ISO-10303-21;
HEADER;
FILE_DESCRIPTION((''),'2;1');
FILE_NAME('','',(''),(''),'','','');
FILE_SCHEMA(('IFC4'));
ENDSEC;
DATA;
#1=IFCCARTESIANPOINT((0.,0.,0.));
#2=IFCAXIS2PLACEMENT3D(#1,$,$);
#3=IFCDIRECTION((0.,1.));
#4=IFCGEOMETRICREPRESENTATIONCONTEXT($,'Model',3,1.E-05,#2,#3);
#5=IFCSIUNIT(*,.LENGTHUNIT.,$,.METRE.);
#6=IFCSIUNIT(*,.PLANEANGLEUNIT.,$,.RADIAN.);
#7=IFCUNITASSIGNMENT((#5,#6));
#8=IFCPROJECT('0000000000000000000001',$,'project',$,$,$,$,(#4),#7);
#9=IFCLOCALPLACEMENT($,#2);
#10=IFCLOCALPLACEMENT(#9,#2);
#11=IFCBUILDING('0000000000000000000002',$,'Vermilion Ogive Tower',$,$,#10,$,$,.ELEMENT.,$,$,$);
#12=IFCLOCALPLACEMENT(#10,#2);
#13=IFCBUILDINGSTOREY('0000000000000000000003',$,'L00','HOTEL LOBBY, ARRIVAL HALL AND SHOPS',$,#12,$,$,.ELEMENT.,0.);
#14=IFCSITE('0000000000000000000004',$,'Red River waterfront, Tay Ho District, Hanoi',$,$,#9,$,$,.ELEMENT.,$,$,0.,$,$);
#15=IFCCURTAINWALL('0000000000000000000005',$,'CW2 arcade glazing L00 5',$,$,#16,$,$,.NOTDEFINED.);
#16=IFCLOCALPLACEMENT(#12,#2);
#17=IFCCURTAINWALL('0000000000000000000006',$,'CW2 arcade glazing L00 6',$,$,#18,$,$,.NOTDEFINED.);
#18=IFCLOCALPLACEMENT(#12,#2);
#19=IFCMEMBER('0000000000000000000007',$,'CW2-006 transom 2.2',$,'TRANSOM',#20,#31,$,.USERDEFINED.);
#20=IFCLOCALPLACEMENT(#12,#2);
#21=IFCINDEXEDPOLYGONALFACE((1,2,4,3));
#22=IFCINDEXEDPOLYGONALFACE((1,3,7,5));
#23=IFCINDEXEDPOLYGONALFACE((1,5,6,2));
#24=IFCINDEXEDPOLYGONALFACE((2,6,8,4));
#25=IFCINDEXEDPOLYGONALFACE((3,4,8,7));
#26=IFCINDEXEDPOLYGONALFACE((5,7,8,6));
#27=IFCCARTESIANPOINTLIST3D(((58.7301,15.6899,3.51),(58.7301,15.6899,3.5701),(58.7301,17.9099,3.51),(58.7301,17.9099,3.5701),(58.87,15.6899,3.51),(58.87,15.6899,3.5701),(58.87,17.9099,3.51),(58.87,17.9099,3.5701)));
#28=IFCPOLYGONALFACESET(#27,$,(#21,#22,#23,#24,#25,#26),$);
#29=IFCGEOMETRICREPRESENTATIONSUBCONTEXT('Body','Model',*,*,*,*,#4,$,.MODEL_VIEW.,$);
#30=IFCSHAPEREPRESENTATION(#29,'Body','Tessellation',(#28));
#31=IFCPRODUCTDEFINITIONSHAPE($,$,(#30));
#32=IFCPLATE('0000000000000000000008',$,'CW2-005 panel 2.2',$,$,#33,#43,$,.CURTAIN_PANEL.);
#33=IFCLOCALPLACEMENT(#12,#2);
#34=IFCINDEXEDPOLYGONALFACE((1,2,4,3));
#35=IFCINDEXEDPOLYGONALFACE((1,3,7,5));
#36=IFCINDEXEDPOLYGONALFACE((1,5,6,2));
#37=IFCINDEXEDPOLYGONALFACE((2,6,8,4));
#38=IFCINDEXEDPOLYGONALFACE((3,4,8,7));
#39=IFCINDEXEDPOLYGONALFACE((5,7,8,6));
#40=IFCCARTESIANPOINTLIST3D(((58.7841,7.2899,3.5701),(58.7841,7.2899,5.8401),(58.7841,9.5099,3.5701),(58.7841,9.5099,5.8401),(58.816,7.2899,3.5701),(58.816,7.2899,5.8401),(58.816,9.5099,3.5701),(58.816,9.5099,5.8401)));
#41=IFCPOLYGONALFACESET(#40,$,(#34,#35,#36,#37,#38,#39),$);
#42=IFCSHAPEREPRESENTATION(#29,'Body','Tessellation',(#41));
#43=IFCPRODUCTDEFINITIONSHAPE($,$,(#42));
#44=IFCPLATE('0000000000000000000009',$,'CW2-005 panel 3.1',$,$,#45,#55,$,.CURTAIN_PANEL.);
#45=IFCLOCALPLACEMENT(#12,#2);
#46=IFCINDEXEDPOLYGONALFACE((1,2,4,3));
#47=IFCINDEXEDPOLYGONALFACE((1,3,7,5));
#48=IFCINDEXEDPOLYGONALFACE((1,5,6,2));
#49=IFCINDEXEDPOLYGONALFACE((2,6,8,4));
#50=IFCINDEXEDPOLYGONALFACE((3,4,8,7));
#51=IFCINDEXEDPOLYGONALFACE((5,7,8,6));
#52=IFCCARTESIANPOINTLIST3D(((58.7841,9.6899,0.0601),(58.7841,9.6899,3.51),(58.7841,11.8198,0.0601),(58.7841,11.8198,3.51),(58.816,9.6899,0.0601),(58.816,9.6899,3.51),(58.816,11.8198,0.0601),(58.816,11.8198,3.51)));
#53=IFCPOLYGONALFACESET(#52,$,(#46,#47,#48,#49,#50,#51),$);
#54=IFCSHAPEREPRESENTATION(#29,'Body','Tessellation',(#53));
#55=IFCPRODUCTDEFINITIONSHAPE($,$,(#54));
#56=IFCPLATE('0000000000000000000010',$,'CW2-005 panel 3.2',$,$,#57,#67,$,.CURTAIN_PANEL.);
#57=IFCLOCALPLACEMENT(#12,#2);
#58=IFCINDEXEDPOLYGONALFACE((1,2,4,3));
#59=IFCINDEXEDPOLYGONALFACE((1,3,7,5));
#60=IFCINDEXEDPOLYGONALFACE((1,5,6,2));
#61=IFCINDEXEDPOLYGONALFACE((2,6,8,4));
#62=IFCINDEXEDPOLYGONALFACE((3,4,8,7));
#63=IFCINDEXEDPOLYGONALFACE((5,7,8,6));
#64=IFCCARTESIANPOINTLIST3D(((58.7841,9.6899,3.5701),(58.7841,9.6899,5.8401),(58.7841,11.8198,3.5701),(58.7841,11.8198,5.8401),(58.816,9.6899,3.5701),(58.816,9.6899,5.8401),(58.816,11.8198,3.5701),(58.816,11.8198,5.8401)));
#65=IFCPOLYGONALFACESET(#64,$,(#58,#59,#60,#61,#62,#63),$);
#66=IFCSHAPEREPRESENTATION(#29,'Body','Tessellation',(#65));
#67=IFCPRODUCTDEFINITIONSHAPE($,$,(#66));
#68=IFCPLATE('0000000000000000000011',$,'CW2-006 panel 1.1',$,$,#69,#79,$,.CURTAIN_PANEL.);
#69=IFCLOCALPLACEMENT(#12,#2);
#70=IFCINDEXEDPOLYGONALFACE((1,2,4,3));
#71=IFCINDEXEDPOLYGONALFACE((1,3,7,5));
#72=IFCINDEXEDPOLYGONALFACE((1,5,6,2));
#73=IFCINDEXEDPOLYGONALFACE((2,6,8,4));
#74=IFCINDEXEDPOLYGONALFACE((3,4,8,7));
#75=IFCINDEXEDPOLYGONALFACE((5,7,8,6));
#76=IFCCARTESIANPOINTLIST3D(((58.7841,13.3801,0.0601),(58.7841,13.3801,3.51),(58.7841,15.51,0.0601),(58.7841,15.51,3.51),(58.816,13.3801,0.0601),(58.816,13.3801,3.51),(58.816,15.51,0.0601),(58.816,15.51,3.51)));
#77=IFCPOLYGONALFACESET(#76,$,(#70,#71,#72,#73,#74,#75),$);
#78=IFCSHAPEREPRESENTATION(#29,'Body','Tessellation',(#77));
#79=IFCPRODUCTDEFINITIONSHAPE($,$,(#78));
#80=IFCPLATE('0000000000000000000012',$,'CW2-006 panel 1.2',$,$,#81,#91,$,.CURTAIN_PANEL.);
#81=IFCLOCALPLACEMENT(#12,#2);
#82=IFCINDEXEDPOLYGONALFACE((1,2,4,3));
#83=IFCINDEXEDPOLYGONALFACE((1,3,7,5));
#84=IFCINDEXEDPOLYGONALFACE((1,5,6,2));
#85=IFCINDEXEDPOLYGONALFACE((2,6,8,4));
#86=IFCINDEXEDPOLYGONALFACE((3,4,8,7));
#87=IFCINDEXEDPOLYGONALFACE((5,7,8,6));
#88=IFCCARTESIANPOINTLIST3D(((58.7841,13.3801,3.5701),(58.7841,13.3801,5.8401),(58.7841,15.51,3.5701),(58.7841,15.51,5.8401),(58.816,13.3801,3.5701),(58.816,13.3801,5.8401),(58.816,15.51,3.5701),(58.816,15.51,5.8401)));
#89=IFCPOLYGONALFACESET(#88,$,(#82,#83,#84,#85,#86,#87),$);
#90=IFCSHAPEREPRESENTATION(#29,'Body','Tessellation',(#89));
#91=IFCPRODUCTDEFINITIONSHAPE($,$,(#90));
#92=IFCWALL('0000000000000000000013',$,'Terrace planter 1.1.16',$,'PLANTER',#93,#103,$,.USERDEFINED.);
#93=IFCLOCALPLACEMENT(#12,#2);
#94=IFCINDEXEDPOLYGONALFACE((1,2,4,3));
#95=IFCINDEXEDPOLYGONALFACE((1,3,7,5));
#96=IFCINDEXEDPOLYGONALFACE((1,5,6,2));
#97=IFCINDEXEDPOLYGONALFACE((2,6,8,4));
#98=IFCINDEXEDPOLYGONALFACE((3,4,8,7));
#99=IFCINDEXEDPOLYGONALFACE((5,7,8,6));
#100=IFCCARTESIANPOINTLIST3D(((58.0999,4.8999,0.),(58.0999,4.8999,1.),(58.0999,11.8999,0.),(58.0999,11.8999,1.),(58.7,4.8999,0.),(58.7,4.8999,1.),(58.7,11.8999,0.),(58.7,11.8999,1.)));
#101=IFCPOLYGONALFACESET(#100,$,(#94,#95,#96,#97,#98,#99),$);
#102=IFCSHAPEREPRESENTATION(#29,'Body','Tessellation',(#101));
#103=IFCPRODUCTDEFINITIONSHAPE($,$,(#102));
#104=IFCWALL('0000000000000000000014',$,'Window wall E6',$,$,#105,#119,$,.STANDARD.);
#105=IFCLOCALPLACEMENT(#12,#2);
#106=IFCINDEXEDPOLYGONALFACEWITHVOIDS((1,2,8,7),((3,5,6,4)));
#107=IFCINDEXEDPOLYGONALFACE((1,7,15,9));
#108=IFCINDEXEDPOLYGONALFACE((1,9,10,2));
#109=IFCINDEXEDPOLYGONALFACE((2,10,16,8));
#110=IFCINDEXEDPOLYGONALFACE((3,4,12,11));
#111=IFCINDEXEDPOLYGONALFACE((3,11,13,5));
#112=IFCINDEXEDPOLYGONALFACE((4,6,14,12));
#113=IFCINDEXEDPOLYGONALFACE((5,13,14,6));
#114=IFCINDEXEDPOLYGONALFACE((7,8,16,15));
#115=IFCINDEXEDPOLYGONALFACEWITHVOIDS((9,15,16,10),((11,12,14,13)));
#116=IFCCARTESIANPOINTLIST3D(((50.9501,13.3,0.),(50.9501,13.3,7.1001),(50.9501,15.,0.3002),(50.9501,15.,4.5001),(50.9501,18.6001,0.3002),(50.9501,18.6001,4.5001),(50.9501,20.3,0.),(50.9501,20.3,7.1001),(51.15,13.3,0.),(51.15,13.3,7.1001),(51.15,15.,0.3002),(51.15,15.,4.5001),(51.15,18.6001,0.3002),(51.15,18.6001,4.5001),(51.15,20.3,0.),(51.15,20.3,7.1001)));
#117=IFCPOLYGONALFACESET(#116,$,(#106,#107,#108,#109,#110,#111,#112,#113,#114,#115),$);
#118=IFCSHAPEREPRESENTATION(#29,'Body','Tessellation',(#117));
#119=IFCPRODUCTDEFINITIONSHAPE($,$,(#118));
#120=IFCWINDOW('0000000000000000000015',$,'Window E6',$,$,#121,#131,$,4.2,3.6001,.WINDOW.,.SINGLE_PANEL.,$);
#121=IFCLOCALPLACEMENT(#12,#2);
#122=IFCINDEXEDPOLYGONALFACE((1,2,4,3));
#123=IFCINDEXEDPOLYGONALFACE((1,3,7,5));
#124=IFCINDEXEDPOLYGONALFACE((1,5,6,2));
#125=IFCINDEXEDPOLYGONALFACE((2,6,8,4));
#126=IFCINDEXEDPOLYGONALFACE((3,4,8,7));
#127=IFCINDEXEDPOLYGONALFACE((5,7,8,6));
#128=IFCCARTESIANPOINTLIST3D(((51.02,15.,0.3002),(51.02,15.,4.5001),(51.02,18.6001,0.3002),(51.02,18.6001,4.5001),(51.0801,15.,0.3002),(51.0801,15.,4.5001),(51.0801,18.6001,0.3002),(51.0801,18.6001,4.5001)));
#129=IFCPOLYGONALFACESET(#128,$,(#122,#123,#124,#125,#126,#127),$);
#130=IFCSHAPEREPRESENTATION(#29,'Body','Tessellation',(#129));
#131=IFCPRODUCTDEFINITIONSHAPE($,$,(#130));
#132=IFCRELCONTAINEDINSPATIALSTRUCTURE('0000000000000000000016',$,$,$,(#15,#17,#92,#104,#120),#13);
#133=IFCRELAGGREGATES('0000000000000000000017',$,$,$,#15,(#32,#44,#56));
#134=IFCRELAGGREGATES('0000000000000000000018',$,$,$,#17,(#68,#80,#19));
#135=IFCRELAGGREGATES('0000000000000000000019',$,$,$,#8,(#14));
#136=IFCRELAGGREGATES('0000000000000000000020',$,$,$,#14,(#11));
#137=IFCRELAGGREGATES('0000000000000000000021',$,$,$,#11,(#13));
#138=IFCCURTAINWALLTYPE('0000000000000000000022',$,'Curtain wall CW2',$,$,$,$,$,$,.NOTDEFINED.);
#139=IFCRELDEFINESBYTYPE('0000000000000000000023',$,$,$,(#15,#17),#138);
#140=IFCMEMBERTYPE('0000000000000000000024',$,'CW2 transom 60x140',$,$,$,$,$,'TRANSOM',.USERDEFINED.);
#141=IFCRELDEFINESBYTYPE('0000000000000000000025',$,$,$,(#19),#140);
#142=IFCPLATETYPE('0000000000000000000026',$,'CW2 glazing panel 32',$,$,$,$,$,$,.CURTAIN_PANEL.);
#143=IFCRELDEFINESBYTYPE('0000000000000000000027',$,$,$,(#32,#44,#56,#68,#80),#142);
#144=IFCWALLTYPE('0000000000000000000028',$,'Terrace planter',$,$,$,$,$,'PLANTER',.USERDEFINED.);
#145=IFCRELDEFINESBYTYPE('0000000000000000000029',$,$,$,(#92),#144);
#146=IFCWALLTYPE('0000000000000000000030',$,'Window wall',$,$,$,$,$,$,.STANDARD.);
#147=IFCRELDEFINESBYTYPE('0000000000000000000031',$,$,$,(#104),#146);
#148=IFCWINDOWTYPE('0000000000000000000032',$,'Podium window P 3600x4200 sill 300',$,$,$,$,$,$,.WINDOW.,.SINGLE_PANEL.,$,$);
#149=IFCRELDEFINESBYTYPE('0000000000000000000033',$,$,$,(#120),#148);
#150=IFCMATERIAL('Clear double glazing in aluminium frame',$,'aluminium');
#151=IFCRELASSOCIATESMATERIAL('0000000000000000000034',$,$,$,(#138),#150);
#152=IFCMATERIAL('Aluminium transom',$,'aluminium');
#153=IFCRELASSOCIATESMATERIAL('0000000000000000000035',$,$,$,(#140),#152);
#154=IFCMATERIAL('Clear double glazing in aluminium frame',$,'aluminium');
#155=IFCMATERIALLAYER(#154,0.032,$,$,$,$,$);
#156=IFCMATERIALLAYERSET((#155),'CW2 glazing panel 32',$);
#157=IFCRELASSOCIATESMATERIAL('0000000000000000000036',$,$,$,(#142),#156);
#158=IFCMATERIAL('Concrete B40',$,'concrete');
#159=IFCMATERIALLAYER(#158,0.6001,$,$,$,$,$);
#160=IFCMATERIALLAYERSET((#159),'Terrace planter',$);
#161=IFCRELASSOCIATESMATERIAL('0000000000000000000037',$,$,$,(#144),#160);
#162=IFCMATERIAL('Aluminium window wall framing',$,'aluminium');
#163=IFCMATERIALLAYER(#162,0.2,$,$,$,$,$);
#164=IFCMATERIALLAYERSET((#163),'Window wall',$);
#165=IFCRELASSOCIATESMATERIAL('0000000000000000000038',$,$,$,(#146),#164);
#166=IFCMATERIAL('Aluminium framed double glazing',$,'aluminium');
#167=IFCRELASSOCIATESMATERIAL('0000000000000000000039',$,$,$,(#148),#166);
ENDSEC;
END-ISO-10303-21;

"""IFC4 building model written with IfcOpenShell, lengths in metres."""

from ifc_helpers import new_model, si_unit, direction, frame, frame_2d, origin, origin_2d, place, context, subcontext, project, spatial, rectangle, extrude, material, layer, layer_set, material_profile, profile_set, type_object, element, fill, aggregate, save


model = new_model("IFC4")

# Units and contexts
model_context = context("Model", 3, precision=1e-05, world=origin(), true_north=direction((0.0, 1.0)))
body_context = subcontext(model_context, "Body", "Model", "MODEL_VIEW")
ifc_project = project(units=[si_unit("LENGTHUNIT", "METRE"), si_unit("PLANEANGLEUNIT", "RADIAN")], contexts=[model_context])

# Site, building, storey
site_placement = place(None, origin())
site = spatial("IfcSite", under=ifc_project, at=site_placement, Name="Red River waterfront, Tay Ho District, Hanoi", CompositionType="ELEMENT", RefElevation=0.0)
building_placement = place(site_placement, origin())
building = spatial("IfcBuilding", under=site, at=building_placement, Name="Vermilion Ogive Tower", CompositionType="ELEMENT")
storey_placement = place(building_placement, origin())
storey = spatial("IfcBuildingStorey", under=building, at=storey_placement, Name="L00", Description="HOTEL LOBBY, ARRIVAL HALL AND SHOPS", CompositionType="ELEMENT", Elevation=0.0)

# Curtain walls
ifc_material_1 = material(Name="Clear double glazing in aluminium frame", Category="aluminium")
curtain_wall_type = type_object("IfcCurtainWallType", Name="Curtain wall CW2", PredefinedType="NOTDEFINED", material=ifc_material_1)
curtain_wall_1_placement = place(storey_placement, origin())
curtain_wall_1 = element("IfcCurtainWall", 1, at=curtain_wall_1_placement, inside=storey, type_object=curtain_wall_type, Name="CW2 arcade glazing L00 5", PredefinedType="NOTDEFINED")
curtain_wall_2_placement = place(storey_placement, origin())
curtain_wall_2 = element("IfcCurtainWall", 2, at=curtain_wall_2_placement, inside=storey, type_object=curtain_wall_type, Name="CW2 arcade glazing L00 6", PredefinedType="NOTDEFINED")

# Member
ifc_material_2 = material(Name="Aluminium transom", Category="aluminium")
ifc_material_profile_1 = material_profile(ifc_material_2, rectangle(XDim=0.1399, YDim=0.0601, at=origin_2d()), Name="AL 60x140")
ifc_profile_set_1 = profile_set([ifc_material_profile_1], Name="Aluminium transom")
member_type_1 = type_object("IfcMemberType", Name="CW2 transom 60x140", ElementType="TRANSOM", PredefinedType="USERDEFINED", material=ifc_profile_set_1)
member_1_placement = place(storey_placement, frame((58.8, 15.6899, 3.54), z_axis=(0.0, 1.0, 0.0), x_axis=(-1.0, 0.0, 0.0)))
member_1 = element("IfcMember", 3, at=member_1_placement, type_object=member_type_1, Name="CW2-006 transom 2.2", ObjectType="TRANSOM", PredefinedType="USERDEFINED", context=body_context, shape_type="SweptSolid", body=[
    extrude(rectangle(XDim=0.1399, YDim=0.0601, at=origin_2d()), origin(), (0.0, 0.0, 1.0), 2.22),
])

# Plates
ifc_material_3 = material(Name="Clear double glazing in aluminium frame", Category="aluminium")
ifc_layer_1 = layer(ifc_material_3, 0.032)
ifc_layer_set_1 = layer_set([ifc_layer_1], Name="CW2 glazing panel 32")
plate_type = type_object("IfcPlateType", Name="CW2 glazing panel 32", PredefinedType="CURTAIN_PANEL", material=ifc_layer_set_1)
plate_1_placement = place(storey_placement, frame((58.8, 8.3999, 3.5701), z_axis=(0.0, 0.0, 1.0), x_axis=(0.0, 1.0, 0.0)))
plate_1 = element("IfcPlate", 4, at=plate_1_placement, type_object=plate_type, Name="CW2-005 panel 2.2", PredefinedType="CURTAIN_PANEL", context=body_context, shape_type="SweptSolid", body=[
    extrude(rectangle(XDim=2.22, YDim=0.032, at=origin_2d()), origin(), (0.0, 0.0, 1.0), 2.27),
])
plate_2_placement = place(storey_placement, frame((58.8, 10.7549, 0.0601), z_axis=(0.0, 0.0, 1.0), x_axis=(0.0, 1.0, 0.0)))
plate_2 = element("IfcPlate", 5, at=plate_2_placement, type_object=plate_type, Name="CW2-005 panel 3.1", PredefinedType="CURTAIN_PANEL", context=body_context, shape_type="SweptSolid", body=[
    extrude(rectangle(XDim=2.1299, YDim=0.032, at=origin_2d()), origin(), (0.0, 0.0, 1.0), 3.45),
])
plate_3_placement = place(storey_placement, frame((58.8, 10.7549, 3.5701), z_axis=(0.0, 0.0, 1.0), x_axis=(0.0, 1.0, 0.0)))
plate_3 = element("IfcPlate", 6, at=plate_3_placement, type_object=plate_type, Name="CW2-005 panel 3.2", PredefinedType="CURTAIN_PANEL", context=body_context, shape_type="SweptSolid", body=[
    extrude(rectangle(XDim=2.1299, YDim=0.032, at=origin_2d()), origin(), (0.0, 0.0, 1.0), 2.27),
])
aggregate(curtain_wall_1, [plate_1, plate_2, plate_3])
plate_4_placement = place(storey_placement, frame((58.8, 14.4451, 0.0601), z_axis=(0.0, 0.0, 1.0), x_axis=(0.0, 1.0, 0.0)))
plate_4 = element("IfcPlate", 7, at=plate_4_placement, type_object=plate_type, Name="CW2-006 panel 1.1", PredefinedType="CURTAIN_PANEL", context=body_context, shape_type="SweptSolid", body=[
    extrude(rectangle(XDim=2.1299, YDim=0.032, at=origin_2d()), origin(), (0.0, 0.0, 1.0), 3.45),
])
plate_5_placement = place(storey_placement, frame((58.8, 14.4451, 3.5701), z_axis=(0.0, 0.0, 1.0), x_axis=(0.0, 1.0, 0.0)))
plate_5 = element("IfcPlate", 8, at=plate_5_placement, type_object=plate_type, Name="CW2-006 panel 1.2", PredefinedType="CURTAIN_PANEL", context=body_context, shape_type="SweptSolid", body=[
    extrude(rectangle(XDim=2.1299, YDim=0.032, at=origin_2d()), origin(), (0.0, 0.0, 1.0), 2.27),
])
aggregate(curtain_wall_2, [plate_4, plate_5, member_1])

# Wall
ifc_material_4 = material(Name="Concrete B40", Category="concrete")
ifc_layer_2 = layer(ifc_material_4, 0.6001)
ifc_layer_set_2 = layer_set([ifc_layer_2], Name="Terrace planter")
wall_type_1 = type_object("IfcWallType", Name="Terrace planter", ElementType="PLANTER", PredefinedType="USERDEFINED", material=ifc_layer_set_2)
wall_1_placement = place(storey_placement, frame((58.3999, 11.8999, 0.0), z_axis=(0.0, 0.0, 1.0), x_axis=(0.0, -1.0, 0.0)))
element("IfcWall", 9, at=wall_1_placement, inside=storey, type_object=wall_type_1, Name="Terrace planter 1.1.16", ObjectType="PLANTER", PredefinedType="USERDEFINED", context=body_context, shape_type="SweptSolid", body=[
    extrude(rectangle(XDim=7.0, YDim=0.6001, at=frame_2d((3.5, 0.0))), origin(), (0.0, 0.0, 1.0), 1.0),
])

# Shared definitions
ifc_material_5 = material(Name="Aluminium window wall framing", Category="aluminium")
ifc_layer_3 = layer(ifc_material_5, 0.2)
ifc_layer_set_3 = layer_set([ifc_layer_3], Name="Window wall")
wall_type_2 = type_object("IfcWallType", Name="Window wall", PredefinedType="STANDARD", material=ifc_layer_set_3)

# Wall, opening, window
wall_2_placement = place(storey_placement, frame((51.05, 13.3, 0.0), z_axis=(0.0, 0.0, 1.0), x_axis=(0.0, 1.0, 0.0)))
wall_2 = element("IfcWall", 10, at=wall_2_placement, inside=storey, type_object=wall_type_2, Name="Window wall E6", PredefinedType="STANDARD", context=body_context, shape_type="SweptSolid", body=[
    extrude(rectangle(XDim=7.0, YDim=0.2, at=frame_2d((3.5, 0.0))), origin(), (0.0, 0.0, 1.0), 7.1001),
])
opening_1_placement = place(wall_2_placement, frame((1.7, 0.0, 0.3)))
opening_1 = element("IfcOpeningElement", 11, at=opening_1_placement, cuts=wall_2, PredefinedType="OPENING", context=body_context, shape_type="SweptSolid", body=[
    extrude(rectangle(XDim=3.6001, YDim=4.2, at=frame_2d((1.8, 2.1001))), frame((0.0, 0.1099, 0.0), z_axis=(0.0, -1.0, 0.0), x_axis=(1.0, 0.0, 0.0)), (0.0, 0.0, 1.0), 0.22),
])
ifc_material_6 = material(Name="Aluminium framed double glazing", Category="aluminium")
window_type_1 = type_object("IfcWindowType", Name="Podium window P 3600x4200 sill 300", PartitioningType="SINGLE_PANEL", PredefinedType="WINDOW", material=ifc_material_6)
window_1_placement = place(opening_1_placement, origin())
window_1 = element("IfcWindow", 12, at=window_1_placement, inside=storey, type_object=window_type_1, Name="Window E6", OverallHeight=4.2, OverallWidth=3.6001, PartitioningType="SINGLE_PANEL", PredefinedType="WINDOW", context=body_context, shape_type="SweptSolid", body=[
    extrude(rectangle(XDim=3.6001, YDim=4.2, at=frame_2d((1.8, 2.1001))), frame((0.0, 0.03, 0.0), z_axis=(0.0, -1.0, 0.0), x_axis=(1.0, 0.0, 0.0)), (0.0, 0.0, 1.0), 0.0601),
])
fill(opening_1, window_1)

save(model, "model.ifc")
